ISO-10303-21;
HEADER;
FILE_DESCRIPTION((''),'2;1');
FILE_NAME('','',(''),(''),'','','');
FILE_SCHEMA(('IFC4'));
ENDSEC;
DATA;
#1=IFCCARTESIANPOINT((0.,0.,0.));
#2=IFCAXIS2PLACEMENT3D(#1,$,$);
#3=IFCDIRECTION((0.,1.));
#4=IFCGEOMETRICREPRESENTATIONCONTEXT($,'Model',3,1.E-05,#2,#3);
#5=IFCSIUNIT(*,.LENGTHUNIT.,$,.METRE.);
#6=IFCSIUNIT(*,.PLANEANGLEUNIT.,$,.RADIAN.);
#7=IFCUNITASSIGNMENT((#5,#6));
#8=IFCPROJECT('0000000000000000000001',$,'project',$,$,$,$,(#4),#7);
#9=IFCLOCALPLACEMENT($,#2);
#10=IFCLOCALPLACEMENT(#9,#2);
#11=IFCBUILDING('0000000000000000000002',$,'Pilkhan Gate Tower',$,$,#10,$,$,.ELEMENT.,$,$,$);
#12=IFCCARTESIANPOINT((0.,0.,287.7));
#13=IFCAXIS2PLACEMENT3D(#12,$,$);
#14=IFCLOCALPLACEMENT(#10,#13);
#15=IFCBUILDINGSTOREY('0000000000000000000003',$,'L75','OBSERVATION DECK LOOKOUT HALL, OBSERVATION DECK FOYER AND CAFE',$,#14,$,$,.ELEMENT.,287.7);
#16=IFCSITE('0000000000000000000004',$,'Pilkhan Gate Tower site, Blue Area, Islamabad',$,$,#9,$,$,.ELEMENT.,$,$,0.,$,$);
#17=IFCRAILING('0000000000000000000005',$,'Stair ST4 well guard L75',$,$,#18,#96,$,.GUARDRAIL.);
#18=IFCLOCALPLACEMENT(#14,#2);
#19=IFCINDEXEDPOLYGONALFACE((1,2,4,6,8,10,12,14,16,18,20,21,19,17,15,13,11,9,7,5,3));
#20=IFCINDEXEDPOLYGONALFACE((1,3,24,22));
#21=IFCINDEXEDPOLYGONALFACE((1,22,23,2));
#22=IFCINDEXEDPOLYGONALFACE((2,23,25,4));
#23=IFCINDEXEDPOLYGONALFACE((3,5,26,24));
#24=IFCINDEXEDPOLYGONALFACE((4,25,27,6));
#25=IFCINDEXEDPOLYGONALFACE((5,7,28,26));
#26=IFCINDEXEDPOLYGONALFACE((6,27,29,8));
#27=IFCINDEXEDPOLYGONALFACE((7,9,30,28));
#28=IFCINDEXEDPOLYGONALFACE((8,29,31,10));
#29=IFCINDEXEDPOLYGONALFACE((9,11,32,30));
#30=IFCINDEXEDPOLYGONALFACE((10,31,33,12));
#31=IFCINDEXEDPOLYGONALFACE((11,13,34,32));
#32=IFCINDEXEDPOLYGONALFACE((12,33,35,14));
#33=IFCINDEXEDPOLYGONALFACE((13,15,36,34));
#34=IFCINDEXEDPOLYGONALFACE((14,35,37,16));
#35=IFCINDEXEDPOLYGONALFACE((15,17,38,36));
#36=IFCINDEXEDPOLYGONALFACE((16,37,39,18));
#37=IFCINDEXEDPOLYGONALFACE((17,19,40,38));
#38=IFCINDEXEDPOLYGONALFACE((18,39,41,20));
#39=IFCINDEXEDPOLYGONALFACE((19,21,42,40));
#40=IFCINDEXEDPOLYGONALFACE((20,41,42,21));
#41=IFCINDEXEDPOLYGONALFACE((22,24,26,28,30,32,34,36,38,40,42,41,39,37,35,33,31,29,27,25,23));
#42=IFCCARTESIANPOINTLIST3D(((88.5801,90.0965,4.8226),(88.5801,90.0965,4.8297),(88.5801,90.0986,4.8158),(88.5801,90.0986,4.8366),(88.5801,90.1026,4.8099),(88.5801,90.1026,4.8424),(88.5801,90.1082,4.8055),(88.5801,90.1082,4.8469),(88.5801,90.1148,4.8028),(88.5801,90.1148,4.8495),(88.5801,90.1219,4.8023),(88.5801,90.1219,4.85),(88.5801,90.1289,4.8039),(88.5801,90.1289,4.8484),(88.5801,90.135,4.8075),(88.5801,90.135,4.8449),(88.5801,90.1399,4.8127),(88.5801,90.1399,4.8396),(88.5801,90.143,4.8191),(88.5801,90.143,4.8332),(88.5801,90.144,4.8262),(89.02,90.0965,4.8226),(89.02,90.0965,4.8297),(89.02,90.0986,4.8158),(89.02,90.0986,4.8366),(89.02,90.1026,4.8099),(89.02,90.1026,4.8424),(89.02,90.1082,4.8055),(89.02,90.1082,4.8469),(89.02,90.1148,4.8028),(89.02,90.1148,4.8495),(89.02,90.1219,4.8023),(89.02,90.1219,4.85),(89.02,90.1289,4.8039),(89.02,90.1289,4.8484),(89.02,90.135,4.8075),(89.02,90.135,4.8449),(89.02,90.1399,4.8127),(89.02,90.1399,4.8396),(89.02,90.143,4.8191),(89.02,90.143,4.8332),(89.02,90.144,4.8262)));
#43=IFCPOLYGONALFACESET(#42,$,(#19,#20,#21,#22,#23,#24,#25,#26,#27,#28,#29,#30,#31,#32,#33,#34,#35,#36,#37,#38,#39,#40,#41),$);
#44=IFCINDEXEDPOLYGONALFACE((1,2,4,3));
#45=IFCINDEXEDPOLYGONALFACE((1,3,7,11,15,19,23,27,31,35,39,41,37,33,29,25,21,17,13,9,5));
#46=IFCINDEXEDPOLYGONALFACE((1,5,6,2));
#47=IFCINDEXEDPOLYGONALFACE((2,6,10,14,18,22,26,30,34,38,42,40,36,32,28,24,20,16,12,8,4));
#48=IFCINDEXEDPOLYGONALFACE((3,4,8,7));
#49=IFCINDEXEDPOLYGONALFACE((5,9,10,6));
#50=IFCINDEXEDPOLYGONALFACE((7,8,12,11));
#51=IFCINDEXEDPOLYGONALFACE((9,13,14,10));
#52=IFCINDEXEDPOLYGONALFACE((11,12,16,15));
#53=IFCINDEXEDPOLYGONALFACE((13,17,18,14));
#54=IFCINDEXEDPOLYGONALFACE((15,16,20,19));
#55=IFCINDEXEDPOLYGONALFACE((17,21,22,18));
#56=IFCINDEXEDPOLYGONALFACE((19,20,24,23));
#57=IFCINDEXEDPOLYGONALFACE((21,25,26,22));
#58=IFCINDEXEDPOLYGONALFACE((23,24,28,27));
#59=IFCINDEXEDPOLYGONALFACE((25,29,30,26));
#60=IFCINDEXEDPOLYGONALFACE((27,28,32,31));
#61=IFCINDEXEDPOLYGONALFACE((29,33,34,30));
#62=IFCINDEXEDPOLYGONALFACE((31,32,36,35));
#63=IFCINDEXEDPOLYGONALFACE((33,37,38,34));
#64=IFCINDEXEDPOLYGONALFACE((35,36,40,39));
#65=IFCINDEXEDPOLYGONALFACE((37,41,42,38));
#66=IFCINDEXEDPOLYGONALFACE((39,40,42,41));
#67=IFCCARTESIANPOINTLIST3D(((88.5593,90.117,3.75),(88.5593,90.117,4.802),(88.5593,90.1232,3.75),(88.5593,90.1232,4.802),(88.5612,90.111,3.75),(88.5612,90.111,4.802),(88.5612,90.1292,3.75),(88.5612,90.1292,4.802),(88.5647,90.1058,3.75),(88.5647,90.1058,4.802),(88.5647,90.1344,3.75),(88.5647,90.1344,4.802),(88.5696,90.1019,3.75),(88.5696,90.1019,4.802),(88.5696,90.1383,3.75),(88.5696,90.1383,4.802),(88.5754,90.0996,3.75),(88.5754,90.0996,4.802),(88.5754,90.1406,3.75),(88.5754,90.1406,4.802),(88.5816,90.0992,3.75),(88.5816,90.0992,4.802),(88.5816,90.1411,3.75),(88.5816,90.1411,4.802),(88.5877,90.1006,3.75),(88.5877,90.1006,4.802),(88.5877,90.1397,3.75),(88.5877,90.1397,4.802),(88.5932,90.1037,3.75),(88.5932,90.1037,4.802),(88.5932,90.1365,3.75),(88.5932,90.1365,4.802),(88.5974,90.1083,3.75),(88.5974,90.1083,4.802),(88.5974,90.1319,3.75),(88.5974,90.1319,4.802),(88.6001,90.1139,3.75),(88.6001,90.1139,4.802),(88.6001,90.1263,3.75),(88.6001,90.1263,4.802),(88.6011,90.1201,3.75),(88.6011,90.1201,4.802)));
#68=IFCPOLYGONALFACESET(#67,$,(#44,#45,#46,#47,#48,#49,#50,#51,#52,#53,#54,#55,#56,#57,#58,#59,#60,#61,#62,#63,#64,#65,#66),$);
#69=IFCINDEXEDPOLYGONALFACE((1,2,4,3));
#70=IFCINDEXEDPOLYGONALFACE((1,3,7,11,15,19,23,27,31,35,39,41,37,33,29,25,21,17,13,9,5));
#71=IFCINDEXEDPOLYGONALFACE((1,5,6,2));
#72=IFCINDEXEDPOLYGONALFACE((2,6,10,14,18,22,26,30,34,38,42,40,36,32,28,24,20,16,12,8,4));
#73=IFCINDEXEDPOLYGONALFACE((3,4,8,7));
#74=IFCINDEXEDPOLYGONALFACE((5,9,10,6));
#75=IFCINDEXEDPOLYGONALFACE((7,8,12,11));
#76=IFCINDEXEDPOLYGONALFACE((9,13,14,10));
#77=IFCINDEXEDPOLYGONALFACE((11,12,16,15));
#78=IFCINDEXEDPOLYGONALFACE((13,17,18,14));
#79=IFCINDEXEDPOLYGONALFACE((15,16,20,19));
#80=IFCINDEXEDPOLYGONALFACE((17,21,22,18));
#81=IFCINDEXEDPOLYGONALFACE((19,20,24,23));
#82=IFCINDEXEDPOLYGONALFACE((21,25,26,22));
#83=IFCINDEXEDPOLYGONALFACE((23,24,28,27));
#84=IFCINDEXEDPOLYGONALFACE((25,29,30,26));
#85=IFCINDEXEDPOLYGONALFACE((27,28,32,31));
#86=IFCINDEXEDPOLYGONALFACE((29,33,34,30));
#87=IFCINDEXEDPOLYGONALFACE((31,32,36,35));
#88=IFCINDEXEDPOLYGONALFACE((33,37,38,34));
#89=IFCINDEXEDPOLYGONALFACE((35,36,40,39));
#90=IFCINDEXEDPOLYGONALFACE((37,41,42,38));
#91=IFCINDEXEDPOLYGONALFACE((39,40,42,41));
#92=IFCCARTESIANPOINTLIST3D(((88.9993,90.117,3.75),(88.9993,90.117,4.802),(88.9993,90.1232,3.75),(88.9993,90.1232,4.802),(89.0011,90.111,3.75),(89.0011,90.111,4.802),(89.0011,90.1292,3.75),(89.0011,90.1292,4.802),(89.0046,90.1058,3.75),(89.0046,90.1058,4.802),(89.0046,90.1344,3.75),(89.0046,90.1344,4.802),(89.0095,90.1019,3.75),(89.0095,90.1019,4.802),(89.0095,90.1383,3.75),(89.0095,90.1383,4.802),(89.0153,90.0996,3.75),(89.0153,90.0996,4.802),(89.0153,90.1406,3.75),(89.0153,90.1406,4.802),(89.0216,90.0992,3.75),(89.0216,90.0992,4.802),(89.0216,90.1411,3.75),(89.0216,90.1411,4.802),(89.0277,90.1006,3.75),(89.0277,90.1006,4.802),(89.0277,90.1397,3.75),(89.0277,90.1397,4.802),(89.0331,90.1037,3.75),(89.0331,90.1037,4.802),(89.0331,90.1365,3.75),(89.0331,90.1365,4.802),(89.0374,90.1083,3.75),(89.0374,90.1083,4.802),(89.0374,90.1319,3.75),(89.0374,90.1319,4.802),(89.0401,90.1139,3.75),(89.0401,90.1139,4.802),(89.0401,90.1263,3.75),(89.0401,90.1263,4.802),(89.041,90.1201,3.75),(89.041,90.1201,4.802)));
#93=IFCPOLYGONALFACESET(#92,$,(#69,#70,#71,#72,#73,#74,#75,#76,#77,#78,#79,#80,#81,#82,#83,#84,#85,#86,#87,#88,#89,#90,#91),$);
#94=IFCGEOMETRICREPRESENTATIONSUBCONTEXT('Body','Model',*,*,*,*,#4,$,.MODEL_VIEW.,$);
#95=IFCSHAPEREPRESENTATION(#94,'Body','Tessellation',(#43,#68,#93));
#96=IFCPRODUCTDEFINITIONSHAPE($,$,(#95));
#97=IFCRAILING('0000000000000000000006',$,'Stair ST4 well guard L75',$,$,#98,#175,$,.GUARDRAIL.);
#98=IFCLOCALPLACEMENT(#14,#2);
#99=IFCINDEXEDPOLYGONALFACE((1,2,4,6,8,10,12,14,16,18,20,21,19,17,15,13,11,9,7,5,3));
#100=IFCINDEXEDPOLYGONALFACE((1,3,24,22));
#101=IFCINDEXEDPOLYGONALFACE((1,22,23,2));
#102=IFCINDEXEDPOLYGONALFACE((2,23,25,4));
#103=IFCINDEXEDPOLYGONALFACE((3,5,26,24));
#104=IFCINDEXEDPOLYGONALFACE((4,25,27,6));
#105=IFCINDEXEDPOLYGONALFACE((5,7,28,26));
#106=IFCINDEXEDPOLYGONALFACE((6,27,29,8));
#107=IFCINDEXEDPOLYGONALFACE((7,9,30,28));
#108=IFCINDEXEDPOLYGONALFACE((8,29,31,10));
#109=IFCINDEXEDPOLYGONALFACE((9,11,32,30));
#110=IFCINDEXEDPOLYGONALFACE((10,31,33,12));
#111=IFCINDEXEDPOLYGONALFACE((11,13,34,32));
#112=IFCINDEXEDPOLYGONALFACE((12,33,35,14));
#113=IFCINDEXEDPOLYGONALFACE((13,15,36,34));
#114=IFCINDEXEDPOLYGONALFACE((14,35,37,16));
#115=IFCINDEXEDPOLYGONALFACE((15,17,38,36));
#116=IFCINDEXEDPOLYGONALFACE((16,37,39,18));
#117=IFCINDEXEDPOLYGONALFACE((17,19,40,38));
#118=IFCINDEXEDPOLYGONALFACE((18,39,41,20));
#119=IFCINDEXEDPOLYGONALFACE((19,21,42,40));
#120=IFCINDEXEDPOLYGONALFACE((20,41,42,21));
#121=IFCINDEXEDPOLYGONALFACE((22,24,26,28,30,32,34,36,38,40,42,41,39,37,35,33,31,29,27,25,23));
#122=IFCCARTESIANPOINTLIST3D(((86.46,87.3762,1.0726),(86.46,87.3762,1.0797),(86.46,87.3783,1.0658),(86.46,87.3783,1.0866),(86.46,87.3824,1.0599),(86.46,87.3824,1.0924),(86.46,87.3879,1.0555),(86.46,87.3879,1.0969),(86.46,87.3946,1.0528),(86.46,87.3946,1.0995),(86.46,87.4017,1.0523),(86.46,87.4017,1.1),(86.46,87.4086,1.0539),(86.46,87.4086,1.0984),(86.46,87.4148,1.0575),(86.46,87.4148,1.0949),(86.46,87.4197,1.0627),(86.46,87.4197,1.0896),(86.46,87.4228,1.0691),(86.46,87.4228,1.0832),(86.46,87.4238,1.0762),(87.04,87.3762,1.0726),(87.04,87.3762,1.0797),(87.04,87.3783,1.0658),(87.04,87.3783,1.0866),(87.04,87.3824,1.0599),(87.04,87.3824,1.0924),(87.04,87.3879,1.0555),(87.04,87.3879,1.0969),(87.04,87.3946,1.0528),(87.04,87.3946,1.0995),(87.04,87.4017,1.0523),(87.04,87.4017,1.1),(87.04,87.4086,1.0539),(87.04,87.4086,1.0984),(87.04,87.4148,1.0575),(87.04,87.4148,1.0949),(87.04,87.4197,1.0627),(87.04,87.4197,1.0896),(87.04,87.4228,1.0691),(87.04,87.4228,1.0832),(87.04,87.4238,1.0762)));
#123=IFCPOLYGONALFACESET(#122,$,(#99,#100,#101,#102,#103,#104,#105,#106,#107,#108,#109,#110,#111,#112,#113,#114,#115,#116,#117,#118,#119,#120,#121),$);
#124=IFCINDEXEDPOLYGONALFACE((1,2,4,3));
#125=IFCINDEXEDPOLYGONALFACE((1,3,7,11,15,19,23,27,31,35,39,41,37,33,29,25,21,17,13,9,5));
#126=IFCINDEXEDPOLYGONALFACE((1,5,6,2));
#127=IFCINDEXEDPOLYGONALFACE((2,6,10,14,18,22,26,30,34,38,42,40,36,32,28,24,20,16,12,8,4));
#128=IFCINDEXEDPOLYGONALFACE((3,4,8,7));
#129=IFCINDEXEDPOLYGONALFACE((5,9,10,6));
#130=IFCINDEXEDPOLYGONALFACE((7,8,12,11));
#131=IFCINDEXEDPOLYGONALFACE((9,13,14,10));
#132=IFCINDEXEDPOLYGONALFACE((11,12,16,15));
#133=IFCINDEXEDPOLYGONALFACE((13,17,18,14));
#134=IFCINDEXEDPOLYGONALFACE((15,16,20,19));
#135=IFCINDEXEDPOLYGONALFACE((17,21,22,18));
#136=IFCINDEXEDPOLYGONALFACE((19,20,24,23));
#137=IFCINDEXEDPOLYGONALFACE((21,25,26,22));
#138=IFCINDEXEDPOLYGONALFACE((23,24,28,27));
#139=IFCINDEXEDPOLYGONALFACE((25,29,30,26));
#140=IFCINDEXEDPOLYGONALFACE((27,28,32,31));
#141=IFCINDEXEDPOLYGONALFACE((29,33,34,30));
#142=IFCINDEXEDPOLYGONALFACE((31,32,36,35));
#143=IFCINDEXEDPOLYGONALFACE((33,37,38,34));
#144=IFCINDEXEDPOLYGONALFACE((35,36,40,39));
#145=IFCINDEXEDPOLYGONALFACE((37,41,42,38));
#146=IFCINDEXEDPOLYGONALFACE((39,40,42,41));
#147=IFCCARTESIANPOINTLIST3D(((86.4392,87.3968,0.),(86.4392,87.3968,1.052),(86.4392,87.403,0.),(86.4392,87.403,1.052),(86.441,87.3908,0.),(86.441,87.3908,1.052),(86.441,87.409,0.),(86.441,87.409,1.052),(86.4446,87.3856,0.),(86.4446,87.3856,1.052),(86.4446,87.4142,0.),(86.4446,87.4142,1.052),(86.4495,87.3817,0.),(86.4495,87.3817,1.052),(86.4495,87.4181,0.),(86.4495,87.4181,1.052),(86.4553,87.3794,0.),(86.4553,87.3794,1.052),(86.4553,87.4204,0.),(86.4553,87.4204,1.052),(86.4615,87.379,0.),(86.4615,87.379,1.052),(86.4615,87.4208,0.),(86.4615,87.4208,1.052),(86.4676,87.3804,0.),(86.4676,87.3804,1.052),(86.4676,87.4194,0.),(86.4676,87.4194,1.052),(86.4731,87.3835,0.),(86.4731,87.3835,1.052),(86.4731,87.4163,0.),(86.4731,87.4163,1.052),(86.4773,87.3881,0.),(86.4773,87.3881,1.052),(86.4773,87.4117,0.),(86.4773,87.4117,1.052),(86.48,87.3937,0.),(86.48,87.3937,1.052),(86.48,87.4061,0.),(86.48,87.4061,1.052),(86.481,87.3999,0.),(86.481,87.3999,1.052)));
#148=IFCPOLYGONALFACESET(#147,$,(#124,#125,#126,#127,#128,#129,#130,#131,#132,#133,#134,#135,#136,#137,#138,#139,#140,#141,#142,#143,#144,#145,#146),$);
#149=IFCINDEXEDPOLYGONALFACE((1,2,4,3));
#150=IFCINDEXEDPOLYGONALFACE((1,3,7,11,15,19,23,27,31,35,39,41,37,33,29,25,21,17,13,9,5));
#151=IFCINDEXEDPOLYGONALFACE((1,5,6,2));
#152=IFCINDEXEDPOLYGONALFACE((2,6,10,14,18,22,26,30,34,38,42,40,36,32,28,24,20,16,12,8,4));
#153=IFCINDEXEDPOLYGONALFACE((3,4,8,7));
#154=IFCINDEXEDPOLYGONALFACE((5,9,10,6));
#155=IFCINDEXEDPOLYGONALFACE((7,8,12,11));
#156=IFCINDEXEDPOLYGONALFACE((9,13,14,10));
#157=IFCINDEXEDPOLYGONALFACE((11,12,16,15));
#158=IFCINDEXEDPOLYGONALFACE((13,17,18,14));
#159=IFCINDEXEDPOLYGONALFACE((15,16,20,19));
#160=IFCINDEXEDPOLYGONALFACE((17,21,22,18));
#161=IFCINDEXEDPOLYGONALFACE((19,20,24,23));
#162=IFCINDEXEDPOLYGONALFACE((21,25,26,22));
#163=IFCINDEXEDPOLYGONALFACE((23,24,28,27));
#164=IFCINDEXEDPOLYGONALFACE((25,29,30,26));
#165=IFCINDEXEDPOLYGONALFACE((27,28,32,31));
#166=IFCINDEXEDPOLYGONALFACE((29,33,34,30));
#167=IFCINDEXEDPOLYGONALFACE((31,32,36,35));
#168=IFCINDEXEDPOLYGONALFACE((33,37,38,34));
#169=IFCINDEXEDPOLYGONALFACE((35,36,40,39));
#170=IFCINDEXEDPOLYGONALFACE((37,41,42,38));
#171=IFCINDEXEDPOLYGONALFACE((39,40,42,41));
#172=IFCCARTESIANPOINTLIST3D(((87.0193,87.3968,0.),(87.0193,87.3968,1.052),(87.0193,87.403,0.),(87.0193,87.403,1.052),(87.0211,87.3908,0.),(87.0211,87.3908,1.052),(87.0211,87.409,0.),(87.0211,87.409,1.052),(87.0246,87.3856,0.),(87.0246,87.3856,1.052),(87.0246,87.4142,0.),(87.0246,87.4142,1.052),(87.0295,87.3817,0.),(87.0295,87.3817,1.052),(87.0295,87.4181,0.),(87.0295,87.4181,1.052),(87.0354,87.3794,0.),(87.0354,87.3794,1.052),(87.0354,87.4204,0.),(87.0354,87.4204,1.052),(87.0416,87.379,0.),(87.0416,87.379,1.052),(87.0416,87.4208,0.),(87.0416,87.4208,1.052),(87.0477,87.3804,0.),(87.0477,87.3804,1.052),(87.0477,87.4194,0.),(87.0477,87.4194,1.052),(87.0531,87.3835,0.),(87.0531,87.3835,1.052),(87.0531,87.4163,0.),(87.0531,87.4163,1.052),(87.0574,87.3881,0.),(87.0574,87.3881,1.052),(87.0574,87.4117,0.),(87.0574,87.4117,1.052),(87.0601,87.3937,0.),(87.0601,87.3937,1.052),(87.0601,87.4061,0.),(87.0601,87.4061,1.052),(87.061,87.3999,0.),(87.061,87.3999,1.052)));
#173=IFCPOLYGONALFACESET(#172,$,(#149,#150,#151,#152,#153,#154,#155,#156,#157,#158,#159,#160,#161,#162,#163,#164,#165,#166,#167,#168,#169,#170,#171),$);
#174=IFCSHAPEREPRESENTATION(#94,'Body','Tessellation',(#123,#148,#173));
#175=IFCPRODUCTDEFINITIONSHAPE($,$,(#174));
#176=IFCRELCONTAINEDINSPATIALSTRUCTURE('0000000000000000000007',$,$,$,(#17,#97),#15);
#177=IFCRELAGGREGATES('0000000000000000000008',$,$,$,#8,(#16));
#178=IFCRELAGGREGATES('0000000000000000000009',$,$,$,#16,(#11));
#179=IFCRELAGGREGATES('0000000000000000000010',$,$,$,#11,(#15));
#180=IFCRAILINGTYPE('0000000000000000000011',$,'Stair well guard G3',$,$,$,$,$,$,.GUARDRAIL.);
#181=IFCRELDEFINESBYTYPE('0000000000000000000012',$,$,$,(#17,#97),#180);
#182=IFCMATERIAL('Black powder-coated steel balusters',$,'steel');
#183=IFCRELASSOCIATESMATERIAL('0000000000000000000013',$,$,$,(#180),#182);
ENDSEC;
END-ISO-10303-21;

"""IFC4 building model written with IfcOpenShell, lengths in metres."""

from ifc_helpers import new_model, si_unit, direction, frame, origin, origin_2d, place, context, subcontext, project, spatial, circle, extrude, material, type_object, element, save


model = new_model("IFC4")

# Units and contexts
model_context = context("Model", 3, precision=1e-05, world=origin(), true_north=direction((0.0, 1.0)))
body_context = subcontext(model_context, "Body", "Model", "MODEL_VIEW")
ifc_project = project(units=[si_unit("LENGTHUNIT", "METRE"), si_unit("PLANEANGLEUNIT", "RADIAN")], contexts=[model_context])

# Site, building, storey
site_placement = place(None, origin())
site = spatial("IfcSite", under=ifc_project, at=site_placement, Name="Pilkhan Gate Tower site, Blue Area, Islamabad", CompositionType="ELEMENT", RefElevation=0.0)
building_placement = place(site_placement, origin())
building = spatial("IfcBuilding", under=site, at=building_placement, Name="Pilkhan Gate Tower", CompositionType="ELEMENT")
storey_placement = place(building_placement, frame((0.0, 0.0, 287.7)))
storey = spatial("IfcBuildingStorey", under=building, at=storey_placement, Name="L75", Description="OBSERVATION DECK LOOKOUT HALL, OBSERVATION DECK FOYER AND CAFE", CompositionType="ELEMENT", Elevation=287.7)

# Railings
ifc_material_1 = material(Name="Black powder-coated steel balusters", Category="steel")
railing_type_1 = type_object("IfcRailingType", Name="Stair well guard G3", PredefinedType="GUARDRAIL", material=ifc_material_1)
for number, where, name in (
    (1, (88.5801, 90.1201, 3.75), "Stair ST4 well guard L75"),
):
    element("IfcRailing", number, at=place(storey_placement, frame(where)), inside=storey, type_object=railing_type_1, Name=name, PredefinedType="GUARDRAIL", context=body_context, shape_type="SweptSolid", body=[
        extrude(circle(Radius=0.0239, at=origin_2d()), frame((0.0, 0.0, 1.0762), z_axis=(1.0, 0.0, 0.0), x_axis=(0.0, 1.0, 0.0)), (0.0, 0.0, 1.0), 0.4399),
        extrude(circle(Radius=0.021, at=origin_2d()), origin(), (0.0, 0.0, 1.0), 1.052),
        extrude(circle(Radius=0.021, at=origin_2d()), frame((0.4399, 0.0, 0.0)), (0.0, 0.0, 1.0), 1.052),
    ])
for number, where, name in (
    (2, (86.46, 87.3999, 0.0), "Stair ST4 well guard L75"),
):
    element("IfcRailing", number, at=place(storey_placement, frame(where)), inside=storey, type_object=railing_type_1, Name=name, PredefinedType="GUARDRAIL", context=body_context, shape_type="SweptSolid", body=[
        extrude(circle(Radius=0.0239, at=origin_2d()), frame((0.0, 0.0, 1.0762), z_axis=(1.0, 0.0, 0.0), x_axis=(0.0, 1.0, 0.0)), (0.0, 0.0, 1.0), 0.5801),
        extrude(circle(Radius=0.021, at=origin_2d()), origin(), (0.0, 0.0, 1.0), 1.052),
        extrude(circle(Radius=0.021, at=origin_2d()), frame((0.5801, 0.0, 0.0)), (0.0, 0.0, 1.0), 1.052),
    ])

save(model, "model.ifc")
